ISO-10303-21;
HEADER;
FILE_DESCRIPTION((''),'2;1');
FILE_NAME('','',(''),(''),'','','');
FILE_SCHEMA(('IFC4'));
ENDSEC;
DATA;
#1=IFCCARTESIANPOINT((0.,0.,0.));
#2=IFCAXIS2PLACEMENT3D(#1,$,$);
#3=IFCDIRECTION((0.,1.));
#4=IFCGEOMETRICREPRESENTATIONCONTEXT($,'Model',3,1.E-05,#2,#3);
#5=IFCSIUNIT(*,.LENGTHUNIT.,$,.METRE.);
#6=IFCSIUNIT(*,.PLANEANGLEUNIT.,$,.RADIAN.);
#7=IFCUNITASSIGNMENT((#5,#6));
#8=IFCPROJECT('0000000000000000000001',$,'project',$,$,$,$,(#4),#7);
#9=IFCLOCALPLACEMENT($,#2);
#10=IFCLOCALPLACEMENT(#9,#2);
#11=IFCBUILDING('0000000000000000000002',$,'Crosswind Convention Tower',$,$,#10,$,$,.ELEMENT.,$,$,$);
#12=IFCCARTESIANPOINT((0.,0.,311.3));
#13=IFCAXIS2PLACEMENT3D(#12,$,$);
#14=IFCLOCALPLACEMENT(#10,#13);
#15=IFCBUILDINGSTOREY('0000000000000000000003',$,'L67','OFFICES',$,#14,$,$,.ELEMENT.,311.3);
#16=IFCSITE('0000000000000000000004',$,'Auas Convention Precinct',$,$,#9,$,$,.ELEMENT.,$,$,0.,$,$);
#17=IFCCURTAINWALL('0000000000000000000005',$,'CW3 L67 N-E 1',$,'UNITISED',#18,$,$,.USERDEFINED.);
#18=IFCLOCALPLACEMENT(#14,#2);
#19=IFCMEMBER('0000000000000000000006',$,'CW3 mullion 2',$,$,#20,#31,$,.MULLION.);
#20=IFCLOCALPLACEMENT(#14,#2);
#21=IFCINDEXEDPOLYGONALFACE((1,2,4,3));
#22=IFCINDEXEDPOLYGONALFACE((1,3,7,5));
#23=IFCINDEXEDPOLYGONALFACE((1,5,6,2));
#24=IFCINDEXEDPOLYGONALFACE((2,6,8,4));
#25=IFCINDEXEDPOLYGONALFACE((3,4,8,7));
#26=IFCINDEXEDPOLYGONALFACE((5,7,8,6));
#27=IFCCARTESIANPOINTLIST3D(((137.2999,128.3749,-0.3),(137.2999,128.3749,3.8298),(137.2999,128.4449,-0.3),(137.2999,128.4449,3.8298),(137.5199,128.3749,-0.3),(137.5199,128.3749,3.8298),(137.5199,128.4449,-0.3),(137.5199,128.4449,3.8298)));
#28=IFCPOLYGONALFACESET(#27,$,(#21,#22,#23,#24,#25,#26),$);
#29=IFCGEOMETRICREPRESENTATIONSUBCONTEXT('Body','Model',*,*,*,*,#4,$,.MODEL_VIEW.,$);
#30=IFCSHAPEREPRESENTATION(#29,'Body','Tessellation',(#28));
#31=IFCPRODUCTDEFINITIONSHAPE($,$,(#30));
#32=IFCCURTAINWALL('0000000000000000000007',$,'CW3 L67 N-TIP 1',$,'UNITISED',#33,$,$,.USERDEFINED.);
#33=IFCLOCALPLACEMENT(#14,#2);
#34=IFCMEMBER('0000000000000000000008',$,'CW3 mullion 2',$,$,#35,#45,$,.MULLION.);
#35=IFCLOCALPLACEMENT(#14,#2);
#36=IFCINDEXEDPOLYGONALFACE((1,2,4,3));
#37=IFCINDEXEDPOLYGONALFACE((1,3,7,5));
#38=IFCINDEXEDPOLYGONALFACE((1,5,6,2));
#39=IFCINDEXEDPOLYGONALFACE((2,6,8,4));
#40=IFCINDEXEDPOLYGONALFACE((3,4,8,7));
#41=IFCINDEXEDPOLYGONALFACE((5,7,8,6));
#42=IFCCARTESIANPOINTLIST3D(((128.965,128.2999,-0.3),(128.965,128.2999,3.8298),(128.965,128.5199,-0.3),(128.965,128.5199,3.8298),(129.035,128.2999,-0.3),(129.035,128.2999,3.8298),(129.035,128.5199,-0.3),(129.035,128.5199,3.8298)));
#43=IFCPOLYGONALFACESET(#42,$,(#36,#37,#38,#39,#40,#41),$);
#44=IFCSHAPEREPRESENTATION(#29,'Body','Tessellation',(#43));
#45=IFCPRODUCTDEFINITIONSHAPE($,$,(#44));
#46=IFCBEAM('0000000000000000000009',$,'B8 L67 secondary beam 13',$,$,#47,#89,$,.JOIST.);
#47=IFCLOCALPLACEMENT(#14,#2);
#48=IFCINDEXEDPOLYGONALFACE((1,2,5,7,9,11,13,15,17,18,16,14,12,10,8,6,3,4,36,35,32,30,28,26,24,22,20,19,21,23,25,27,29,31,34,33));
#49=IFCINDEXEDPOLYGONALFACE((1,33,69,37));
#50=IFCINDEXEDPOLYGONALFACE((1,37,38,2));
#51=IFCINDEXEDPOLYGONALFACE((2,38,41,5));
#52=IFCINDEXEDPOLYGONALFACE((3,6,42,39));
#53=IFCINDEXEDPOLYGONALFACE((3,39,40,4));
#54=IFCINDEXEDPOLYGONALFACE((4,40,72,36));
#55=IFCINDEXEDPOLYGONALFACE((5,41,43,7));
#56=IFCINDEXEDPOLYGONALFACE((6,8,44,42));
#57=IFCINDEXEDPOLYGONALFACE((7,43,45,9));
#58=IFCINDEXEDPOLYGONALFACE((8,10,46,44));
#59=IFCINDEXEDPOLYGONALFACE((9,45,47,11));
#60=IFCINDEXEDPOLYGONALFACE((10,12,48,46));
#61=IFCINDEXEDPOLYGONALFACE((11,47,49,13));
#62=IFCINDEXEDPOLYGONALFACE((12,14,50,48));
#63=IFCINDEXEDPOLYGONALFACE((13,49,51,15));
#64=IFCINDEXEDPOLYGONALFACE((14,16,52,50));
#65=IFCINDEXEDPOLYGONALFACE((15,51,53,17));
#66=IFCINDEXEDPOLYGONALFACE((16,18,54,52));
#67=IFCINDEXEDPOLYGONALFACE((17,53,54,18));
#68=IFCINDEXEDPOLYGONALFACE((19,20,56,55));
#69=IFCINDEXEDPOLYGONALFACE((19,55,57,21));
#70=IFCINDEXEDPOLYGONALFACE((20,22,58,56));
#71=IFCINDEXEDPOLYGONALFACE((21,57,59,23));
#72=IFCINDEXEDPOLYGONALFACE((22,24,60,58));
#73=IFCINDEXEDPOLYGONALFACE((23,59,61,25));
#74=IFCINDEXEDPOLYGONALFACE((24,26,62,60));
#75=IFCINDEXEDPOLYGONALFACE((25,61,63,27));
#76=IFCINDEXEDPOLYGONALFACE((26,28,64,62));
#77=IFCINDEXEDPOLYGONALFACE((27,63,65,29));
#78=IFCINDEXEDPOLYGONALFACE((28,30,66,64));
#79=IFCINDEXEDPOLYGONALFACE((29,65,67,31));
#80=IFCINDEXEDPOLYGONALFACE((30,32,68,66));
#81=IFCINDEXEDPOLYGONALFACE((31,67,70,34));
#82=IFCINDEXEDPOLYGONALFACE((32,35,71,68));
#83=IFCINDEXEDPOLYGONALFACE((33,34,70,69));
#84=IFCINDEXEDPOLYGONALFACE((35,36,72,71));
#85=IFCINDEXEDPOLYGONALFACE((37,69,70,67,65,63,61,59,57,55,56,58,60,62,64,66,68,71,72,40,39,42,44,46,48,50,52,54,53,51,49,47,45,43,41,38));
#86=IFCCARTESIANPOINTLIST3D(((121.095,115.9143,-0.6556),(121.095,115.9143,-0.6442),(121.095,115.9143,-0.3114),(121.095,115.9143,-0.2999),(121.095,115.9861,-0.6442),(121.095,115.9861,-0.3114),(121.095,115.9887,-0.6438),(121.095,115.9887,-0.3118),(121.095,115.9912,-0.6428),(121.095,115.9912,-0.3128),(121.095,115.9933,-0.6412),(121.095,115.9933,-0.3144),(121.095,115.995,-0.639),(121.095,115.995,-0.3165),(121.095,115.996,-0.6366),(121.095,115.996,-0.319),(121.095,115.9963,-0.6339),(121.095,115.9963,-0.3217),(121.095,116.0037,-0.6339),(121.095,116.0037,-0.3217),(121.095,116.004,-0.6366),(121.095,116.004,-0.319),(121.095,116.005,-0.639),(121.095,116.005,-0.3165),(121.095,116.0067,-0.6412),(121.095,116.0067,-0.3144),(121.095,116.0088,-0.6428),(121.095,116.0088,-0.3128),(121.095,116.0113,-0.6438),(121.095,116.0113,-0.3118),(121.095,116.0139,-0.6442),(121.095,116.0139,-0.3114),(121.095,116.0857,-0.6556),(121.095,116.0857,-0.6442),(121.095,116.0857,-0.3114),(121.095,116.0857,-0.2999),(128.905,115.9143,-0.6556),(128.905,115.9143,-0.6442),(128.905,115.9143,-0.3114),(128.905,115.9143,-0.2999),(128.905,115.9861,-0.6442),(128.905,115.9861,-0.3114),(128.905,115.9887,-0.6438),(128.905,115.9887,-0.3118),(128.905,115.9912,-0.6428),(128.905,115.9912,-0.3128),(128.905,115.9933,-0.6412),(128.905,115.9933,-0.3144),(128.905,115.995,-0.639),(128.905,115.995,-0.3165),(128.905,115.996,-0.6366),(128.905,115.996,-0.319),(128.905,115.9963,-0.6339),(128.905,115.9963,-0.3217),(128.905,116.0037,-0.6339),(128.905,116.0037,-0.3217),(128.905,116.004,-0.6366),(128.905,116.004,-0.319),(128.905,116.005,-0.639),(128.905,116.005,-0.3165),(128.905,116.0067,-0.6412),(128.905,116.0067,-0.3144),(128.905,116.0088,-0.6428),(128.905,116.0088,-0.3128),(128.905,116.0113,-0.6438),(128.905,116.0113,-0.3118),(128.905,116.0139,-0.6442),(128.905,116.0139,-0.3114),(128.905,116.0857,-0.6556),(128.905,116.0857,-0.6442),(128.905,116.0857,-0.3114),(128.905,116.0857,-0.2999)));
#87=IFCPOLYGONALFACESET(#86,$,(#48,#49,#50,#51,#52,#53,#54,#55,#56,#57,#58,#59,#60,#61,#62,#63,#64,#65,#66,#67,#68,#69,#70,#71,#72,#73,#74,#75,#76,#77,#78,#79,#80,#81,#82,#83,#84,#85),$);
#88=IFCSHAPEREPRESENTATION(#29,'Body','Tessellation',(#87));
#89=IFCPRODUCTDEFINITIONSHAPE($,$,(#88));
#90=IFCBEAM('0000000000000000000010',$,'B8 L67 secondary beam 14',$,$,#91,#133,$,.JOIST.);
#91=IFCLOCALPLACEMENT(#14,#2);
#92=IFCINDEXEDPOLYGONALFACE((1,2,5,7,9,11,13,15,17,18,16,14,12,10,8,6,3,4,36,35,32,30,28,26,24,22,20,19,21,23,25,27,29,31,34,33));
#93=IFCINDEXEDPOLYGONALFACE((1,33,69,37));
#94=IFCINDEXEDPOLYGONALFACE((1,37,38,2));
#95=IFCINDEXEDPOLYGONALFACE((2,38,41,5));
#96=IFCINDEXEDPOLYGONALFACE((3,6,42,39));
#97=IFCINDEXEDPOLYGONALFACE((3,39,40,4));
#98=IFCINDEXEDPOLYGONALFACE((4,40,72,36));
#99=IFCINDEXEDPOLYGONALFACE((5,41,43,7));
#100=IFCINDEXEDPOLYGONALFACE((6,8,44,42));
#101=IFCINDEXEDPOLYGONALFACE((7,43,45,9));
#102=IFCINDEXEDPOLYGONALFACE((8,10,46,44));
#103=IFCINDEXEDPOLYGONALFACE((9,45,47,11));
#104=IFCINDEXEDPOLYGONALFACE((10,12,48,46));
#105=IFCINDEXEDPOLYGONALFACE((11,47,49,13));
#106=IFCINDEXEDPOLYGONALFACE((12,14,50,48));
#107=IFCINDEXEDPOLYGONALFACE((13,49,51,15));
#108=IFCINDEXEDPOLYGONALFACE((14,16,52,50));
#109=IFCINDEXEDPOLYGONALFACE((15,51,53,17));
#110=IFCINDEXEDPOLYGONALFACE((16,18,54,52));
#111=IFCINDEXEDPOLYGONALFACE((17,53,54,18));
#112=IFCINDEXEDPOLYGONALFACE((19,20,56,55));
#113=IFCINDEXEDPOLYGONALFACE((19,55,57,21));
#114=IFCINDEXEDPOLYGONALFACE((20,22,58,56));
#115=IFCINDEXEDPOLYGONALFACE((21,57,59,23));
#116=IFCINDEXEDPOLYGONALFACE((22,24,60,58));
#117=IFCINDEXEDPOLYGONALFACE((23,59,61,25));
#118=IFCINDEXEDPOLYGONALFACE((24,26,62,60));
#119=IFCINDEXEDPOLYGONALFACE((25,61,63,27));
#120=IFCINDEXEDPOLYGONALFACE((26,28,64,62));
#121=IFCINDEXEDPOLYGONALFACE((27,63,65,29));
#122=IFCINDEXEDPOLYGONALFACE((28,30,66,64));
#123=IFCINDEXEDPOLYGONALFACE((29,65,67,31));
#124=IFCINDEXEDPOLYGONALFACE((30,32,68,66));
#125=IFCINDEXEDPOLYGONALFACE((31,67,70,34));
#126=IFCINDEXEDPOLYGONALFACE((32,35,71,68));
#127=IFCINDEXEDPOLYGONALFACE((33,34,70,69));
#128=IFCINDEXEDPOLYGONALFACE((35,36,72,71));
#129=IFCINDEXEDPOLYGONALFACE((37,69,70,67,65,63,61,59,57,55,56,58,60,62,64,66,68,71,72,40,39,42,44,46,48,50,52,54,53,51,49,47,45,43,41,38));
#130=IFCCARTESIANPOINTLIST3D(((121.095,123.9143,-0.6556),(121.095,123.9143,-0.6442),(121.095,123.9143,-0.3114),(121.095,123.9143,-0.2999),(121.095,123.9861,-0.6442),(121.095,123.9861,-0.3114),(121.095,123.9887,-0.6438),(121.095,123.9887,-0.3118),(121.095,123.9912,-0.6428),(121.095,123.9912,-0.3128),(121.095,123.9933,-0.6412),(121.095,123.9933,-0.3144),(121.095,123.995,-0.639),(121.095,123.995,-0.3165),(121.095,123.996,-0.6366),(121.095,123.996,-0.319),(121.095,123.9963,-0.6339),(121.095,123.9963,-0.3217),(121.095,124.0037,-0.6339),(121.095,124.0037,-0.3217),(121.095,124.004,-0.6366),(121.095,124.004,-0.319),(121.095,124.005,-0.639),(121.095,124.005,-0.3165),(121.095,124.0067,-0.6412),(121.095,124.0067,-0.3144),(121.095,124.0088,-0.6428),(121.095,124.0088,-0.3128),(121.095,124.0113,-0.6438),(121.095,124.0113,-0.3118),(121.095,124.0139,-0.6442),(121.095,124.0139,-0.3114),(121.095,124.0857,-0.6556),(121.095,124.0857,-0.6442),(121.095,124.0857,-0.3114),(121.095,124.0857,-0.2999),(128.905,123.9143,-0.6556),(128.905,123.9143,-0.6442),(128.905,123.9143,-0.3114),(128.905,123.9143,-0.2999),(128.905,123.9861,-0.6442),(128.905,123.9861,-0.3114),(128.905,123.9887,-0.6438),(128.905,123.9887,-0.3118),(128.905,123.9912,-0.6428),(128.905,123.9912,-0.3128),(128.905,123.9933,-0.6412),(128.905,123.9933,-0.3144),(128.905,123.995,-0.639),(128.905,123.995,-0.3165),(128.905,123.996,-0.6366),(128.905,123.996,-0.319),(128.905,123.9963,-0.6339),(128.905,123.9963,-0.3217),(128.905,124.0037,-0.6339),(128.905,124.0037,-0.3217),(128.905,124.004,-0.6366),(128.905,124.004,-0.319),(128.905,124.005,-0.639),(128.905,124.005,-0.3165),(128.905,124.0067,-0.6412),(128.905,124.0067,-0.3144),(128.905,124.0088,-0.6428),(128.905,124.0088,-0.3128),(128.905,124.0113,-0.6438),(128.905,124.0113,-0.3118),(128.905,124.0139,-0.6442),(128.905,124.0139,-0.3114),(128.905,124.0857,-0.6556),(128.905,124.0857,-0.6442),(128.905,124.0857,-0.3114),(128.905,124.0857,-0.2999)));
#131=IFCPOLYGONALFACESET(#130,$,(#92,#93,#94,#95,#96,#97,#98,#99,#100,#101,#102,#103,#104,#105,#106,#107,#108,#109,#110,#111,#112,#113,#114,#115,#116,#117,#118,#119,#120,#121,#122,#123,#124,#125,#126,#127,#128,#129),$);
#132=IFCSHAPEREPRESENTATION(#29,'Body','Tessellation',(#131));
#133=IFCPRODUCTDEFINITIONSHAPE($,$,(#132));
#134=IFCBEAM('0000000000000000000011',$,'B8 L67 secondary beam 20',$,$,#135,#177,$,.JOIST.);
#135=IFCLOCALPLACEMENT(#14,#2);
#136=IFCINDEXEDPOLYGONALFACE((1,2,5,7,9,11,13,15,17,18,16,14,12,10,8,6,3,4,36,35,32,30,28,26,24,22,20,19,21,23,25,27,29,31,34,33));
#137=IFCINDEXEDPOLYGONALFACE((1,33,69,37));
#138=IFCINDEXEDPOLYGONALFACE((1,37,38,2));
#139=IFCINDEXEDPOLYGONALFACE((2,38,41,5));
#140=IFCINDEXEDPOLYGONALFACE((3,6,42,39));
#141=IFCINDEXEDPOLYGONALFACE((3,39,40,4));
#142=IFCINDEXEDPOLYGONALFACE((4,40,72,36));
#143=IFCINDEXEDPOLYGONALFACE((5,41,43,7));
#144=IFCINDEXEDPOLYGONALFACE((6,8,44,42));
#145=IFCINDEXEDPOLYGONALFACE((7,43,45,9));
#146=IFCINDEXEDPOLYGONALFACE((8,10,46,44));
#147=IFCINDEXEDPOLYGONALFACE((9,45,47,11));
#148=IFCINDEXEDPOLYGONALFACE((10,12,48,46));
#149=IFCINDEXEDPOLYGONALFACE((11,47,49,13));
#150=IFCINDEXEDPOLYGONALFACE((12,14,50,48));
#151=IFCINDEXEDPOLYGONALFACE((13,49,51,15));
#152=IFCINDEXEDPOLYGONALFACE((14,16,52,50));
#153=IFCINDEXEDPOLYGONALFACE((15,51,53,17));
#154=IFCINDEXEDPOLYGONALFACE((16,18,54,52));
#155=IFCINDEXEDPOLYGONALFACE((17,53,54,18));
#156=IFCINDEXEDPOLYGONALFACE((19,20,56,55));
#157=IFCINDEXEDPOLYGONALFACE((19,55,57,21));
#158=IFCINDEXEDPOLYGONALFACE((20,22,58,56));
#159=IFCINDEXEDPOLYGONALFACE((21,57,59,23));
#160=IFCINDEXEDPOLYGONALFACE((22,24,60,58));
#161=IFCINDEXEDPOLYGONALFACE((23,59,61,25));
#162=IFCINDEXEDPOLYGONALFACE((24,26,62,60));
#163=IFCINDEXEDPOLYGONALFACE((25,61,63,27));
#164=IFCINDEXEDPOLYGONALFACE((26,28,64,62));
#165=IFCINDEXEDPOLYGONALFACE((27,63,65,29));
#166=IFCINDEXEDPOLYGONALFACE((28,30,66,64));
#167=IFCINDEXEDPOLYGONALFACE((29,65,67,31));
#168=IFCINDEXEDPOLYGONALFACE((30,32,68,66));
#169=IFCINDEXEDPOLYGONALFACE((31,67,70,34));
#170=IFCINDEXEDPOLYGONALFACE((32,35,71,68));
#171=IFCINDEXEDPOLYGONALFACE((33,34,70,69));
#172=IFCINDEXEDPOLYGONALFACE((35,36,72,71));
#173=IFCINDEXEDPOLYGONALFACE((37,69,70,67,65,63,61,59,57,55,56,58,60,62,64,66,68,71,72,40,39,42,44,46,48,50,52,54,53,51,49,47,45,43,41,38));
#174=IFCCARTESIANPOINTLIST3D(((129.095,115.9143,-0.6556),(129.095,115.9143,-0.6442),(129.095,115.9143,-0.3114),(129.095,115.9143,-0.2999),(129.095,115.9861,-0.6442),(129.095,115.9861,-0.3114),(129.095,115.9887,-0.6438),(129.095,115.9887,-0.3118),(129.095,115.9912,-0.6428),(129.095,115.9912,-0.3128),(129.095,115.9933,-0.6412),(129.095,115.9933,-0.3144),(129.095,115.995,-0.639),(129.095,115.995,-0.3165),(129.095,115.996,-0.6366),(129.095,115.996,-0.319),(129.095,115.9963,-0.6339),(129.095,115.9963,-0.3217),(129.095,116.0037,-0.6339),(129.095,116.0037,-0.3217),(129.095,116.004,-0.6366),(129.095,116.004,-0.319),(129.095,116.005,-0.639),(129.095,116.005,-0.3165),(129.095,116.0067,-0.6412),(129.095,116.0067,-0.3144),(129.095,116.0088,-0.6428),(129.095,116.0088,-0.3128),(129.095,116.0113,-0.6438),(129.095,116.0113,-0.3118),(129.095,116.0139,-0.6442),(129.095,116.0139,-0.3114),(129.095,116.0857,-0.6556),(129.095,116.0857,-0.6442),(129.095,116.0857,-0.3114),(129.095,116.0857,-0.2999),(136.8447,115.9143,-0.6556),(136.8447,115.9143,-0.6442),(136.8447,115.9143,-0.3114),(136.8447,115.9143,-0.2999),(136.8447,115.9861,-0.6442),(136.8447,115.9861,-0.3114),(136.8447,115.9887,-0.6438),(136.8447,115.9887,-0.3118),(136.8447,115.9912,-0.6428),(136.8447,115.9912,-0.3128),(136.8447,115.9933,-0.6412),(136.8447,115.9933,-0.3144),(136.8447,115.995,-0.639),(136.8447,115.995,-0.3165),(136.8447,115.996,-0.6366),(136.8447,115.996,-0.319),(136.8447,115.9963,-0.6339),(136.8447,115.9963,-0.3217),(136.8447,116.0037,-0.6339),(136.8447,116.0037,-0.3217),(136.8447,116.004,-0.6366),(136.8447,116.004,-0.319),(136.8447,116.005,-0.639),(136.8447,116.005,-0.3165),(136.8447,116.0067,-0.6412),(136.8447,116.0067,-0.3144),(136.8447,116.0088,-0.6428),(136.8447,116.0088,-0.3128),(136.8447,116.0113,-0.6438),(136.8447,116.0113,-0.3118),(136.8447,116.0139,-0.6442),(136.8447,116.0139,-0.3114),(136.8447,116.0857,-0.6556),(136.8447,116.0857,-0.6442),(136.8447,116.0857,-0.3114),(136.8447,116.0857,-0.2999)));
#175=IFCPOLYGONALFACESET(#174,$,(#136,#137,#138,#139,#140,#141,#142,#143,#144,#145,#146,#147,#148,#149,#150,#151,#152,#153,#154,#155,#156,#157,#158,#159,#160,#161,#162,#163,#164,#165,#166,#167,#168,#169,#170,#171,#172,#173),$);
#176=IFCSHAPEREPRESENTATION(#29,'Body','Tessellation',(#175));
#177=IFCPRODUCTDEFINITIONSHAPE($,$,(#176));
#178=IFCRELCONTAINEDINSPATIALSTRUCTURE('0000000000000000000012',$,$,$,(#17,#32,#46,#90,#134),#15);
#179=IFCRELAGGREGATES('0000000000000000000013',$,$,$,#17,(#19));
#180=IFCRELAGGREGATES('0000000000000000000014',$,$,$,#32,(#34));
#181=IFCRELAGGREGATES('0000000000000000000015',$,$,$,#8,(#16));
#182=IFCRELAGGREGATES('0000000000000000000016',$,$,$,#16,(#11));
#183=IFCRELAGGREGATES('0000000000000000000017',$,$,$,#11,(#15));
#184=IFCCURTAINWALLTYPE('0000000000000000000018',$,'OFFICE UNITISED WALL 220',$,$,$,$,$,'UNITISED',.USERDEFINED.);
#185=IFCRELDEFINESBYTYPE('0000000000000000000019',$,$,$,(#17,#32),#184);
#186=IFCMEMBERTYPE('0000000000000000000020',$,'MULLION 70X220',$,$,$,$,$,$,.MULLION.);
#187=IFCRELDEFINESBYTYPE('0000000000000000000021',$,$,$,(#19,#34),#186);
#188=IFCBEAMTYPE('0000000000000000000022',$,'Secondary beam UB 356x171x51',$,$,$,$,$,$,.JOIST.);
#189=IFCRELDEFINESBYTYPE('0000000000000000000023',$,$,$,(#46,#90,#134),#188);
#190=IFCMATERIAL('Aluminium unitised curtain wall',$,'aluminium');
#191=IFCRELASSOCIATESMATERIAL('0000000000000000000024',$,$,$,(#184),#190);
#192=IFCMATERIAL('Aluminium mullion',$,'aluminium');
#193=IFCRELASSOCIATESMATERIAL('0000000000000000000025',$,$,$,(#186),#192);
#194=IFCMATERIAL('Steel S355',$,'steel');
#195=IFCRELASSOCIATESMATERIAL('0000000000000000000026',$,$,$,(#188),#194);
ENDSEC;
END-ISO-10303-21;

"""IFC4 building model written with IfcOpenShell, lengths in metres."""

from ifc_helpers import new_model, si_unit, direction, frame, origin, origin_2d, place, context, subcontext, project, spatial, rectangle, i_section, extrude, material, material_profile, profile_set, type_object, element, aggregate, save


model = new_model("IFC4")

# Units and contexts
model_context = context("Model", 3, precision=1e-05, world=origin(), true_north=direction((0.0, 1.0)))
body_context = subcontext(model_context, "Body", "Model", "MODEL_VIEW")
ifc_project = project(units=[si_unit("LENGTHUNIT", "METRE"), si_unit("PLANEANGLEUNIT", "RADIAN")], contexts=[model_context])

# Site, building, storey
site_placement = place(None, origin())
site = spatial("IfcSite", under=ifc_project, at=site_placement, Name="Auas Convention Precinct", CompositionType="ELEMENT", RefElevation=0.0)
building_placement = place(site_placement, origin())
building = spatial("IfcBuilding", under=site, at=building_placement, Name="Crosswind Convention Tower", CompositionType="ELEMENT")
storey_placement = place(building_placement, frame((0.0, 0.0, 311.3)))
storey = spatial("IfcBuildingStorey", under=building, at=storey_placement, Name="L67", Description="OFFICES", CompositionType="ELEMENT", Elevation=311.3)

# Shared definitions
ifc_material_1 = material(Name="Steel S355", Category="steel")

# Curtain wall, member
ifc_material_2 = material(Name="Aluminium unitised curtain wall", Category="aluminium")
curtain_wall_type = type_object("IfcCurtainWallType", Name="OFFICE UNITISED WALL 220", ElementType="UNITISED", PredefinedType="USERDEFINED", material=ifc_material_2)
curtain_wall_1_placement = place(storey_placement, origin())
curtain_wall_1 = element("IfcCurtainWall", 1, at=curtain_wall_1_placement, inside=storey, type_object=curtain_wall_type, Name="CW3 L67 N-E 1", ObjectType="UNITISED", PredefinedType="USERDEFINED")
ifc_material_3 = material(Name="Aluminium mullion", Category="aluminium")
ifc_material_profile_1 = material_profile(ifc_material_3, rectangle(XDim=0.22, YDim=0.0701, at=origin_2d()), Name="AL 220X70")
ifc_profile_set_1 = profile_set([ifc_material_profile_1], Name="Aluminium mullion")
member_type_1 = type_object("IfcMemberType", Name="MULLION 70X220", PredefinedType="MULLION", material=ifc_profile_set_1)
member_1_placement = place(storey_placement, frame((137.4099, 128.4099, -0.3), z_axis=(0.0, 0.0, 1.0), x_axis=(1.0, 0.0, 0.0)))
member_1 = element("IfcMember", 2, at=member_1_placement, type_object=member_type_1, Name="CW3 mullion 2", PredefinedType="MULLION", context=body_context, shape_type="SweptSolid", body=[
    extrude(rectangle(XDim=0.22, YDim=0.0701, at=origin_2d()), origin(), (0.0, 0.0, 1.0), 4.1299),
])

# Curtain wall, member
curtain_wall_2_placement = place(storey_placement, origin())
curtain_wall_2 = element("IfcCurtainWall", 3, at=curtain_wall_2_placement, inside=storey, type_object=curtain_wall_type, Name="CW3 L67 N-TIP 1", ObjectType="UNITISED", PredefinedType="USERDEFINED")
member_2_placement = place(storey_placement, frame((129.0, 128.4099, -0.3), z_axis=(0.0, 0.0, 1.0), x_axis=(0.0, 1.0, 0.0)))
member_2 = element("IfcMember", 4, at=member_2_placement, type_object=member_type_1, Name="CW3 mullion 2", PredefinedType="MULLION", context=body_context, shape_type="SweptSolid", body=[
    extrude(rectangle(XDim=0.22, YDim=0.0701, at=origin_2d()), origin(), (0.0, 0.0, 1.0), 4.1299),
])

# Beams
ifc_material_profile_2 = material_profile(ifc_material_1, i_section(OverallWidth=0.1714, OverallDepth=0.3557, WebThickness=0.0073, FlangeThickness=0.0115, FilletRadius=0.0103, at=origin_2d()), Name="UB 356x171x51")
ifc_profile_set_2 = profile_set([ifc_material_profile_2], Name="Steel S355")
beam_type_1 = type_object("IfcBeamType", Name="Secondary beam UB 356x171x51", PredefinedType="JOIST", material=ifc_profile_set_2)
for number, where, z_axis, x_axis, name in (
    (5, (121.095, 116.0, -0.4778), (1.0, 0.0, 0.0), (0.0, 1.0, 0.0), "B8 L67 secondary beam 13"),
    (6, (121.095, 124.0, -0.4778), (1.0, 0.0, 0.0), (0.0, 1.0, 0.0), "B8 L67 secondary beam 14"),
):
    element("IfcBeam", number, at=place(storey_placement, frame(where, z_axis=z_axis, x_axis=x_axis)), inside=storey, type_object=beam_type_1, Name=name, PredefinedType="JOIST", context=body_context, shape_type="SweptSolid", body=[
        extrude(i_section(OverallWidth=0.1714, OverallDepth=0.3557, WebThickness=0.0073, FlangeThickness=0.0115, FilletRadius=0.0103, at=origin_2d()), origin(), (0.0, 0.0, 1.0), 7.8101),
    ])
for number, where, z_axis, x_axis, name in (
    (7, (129.095, 116.0, -0.4778), (1.0, 0.0, 0.0), (0.0, 1.0, 0.0), "B8 L67 secondary beam 20"),
):
    element("IfcBeam", number, at=place(storey_placement, frame(where, z_axis=z_axis, x_axis=x_axis)), inside=storey, type_object=beam_type_1, Name=name, PredefinedType="JOIST", context=body_context, shape_type="SweptSolid", body=[
        extrude(i_section(OverallWidth=0.1714, OverallDepth=0.3557, WebThickness=0.0073, FlangeThickness=0.0115, FilletRadius=0.0103, at=origin_2d()), origin(), (0.0, 0.0, 1.0), 7.7498),
    ])

aggregate(curtain_wall_1, [member_1])
aggregate(curtain_wall_2, [member_2])

save(model, "model.ifc")
